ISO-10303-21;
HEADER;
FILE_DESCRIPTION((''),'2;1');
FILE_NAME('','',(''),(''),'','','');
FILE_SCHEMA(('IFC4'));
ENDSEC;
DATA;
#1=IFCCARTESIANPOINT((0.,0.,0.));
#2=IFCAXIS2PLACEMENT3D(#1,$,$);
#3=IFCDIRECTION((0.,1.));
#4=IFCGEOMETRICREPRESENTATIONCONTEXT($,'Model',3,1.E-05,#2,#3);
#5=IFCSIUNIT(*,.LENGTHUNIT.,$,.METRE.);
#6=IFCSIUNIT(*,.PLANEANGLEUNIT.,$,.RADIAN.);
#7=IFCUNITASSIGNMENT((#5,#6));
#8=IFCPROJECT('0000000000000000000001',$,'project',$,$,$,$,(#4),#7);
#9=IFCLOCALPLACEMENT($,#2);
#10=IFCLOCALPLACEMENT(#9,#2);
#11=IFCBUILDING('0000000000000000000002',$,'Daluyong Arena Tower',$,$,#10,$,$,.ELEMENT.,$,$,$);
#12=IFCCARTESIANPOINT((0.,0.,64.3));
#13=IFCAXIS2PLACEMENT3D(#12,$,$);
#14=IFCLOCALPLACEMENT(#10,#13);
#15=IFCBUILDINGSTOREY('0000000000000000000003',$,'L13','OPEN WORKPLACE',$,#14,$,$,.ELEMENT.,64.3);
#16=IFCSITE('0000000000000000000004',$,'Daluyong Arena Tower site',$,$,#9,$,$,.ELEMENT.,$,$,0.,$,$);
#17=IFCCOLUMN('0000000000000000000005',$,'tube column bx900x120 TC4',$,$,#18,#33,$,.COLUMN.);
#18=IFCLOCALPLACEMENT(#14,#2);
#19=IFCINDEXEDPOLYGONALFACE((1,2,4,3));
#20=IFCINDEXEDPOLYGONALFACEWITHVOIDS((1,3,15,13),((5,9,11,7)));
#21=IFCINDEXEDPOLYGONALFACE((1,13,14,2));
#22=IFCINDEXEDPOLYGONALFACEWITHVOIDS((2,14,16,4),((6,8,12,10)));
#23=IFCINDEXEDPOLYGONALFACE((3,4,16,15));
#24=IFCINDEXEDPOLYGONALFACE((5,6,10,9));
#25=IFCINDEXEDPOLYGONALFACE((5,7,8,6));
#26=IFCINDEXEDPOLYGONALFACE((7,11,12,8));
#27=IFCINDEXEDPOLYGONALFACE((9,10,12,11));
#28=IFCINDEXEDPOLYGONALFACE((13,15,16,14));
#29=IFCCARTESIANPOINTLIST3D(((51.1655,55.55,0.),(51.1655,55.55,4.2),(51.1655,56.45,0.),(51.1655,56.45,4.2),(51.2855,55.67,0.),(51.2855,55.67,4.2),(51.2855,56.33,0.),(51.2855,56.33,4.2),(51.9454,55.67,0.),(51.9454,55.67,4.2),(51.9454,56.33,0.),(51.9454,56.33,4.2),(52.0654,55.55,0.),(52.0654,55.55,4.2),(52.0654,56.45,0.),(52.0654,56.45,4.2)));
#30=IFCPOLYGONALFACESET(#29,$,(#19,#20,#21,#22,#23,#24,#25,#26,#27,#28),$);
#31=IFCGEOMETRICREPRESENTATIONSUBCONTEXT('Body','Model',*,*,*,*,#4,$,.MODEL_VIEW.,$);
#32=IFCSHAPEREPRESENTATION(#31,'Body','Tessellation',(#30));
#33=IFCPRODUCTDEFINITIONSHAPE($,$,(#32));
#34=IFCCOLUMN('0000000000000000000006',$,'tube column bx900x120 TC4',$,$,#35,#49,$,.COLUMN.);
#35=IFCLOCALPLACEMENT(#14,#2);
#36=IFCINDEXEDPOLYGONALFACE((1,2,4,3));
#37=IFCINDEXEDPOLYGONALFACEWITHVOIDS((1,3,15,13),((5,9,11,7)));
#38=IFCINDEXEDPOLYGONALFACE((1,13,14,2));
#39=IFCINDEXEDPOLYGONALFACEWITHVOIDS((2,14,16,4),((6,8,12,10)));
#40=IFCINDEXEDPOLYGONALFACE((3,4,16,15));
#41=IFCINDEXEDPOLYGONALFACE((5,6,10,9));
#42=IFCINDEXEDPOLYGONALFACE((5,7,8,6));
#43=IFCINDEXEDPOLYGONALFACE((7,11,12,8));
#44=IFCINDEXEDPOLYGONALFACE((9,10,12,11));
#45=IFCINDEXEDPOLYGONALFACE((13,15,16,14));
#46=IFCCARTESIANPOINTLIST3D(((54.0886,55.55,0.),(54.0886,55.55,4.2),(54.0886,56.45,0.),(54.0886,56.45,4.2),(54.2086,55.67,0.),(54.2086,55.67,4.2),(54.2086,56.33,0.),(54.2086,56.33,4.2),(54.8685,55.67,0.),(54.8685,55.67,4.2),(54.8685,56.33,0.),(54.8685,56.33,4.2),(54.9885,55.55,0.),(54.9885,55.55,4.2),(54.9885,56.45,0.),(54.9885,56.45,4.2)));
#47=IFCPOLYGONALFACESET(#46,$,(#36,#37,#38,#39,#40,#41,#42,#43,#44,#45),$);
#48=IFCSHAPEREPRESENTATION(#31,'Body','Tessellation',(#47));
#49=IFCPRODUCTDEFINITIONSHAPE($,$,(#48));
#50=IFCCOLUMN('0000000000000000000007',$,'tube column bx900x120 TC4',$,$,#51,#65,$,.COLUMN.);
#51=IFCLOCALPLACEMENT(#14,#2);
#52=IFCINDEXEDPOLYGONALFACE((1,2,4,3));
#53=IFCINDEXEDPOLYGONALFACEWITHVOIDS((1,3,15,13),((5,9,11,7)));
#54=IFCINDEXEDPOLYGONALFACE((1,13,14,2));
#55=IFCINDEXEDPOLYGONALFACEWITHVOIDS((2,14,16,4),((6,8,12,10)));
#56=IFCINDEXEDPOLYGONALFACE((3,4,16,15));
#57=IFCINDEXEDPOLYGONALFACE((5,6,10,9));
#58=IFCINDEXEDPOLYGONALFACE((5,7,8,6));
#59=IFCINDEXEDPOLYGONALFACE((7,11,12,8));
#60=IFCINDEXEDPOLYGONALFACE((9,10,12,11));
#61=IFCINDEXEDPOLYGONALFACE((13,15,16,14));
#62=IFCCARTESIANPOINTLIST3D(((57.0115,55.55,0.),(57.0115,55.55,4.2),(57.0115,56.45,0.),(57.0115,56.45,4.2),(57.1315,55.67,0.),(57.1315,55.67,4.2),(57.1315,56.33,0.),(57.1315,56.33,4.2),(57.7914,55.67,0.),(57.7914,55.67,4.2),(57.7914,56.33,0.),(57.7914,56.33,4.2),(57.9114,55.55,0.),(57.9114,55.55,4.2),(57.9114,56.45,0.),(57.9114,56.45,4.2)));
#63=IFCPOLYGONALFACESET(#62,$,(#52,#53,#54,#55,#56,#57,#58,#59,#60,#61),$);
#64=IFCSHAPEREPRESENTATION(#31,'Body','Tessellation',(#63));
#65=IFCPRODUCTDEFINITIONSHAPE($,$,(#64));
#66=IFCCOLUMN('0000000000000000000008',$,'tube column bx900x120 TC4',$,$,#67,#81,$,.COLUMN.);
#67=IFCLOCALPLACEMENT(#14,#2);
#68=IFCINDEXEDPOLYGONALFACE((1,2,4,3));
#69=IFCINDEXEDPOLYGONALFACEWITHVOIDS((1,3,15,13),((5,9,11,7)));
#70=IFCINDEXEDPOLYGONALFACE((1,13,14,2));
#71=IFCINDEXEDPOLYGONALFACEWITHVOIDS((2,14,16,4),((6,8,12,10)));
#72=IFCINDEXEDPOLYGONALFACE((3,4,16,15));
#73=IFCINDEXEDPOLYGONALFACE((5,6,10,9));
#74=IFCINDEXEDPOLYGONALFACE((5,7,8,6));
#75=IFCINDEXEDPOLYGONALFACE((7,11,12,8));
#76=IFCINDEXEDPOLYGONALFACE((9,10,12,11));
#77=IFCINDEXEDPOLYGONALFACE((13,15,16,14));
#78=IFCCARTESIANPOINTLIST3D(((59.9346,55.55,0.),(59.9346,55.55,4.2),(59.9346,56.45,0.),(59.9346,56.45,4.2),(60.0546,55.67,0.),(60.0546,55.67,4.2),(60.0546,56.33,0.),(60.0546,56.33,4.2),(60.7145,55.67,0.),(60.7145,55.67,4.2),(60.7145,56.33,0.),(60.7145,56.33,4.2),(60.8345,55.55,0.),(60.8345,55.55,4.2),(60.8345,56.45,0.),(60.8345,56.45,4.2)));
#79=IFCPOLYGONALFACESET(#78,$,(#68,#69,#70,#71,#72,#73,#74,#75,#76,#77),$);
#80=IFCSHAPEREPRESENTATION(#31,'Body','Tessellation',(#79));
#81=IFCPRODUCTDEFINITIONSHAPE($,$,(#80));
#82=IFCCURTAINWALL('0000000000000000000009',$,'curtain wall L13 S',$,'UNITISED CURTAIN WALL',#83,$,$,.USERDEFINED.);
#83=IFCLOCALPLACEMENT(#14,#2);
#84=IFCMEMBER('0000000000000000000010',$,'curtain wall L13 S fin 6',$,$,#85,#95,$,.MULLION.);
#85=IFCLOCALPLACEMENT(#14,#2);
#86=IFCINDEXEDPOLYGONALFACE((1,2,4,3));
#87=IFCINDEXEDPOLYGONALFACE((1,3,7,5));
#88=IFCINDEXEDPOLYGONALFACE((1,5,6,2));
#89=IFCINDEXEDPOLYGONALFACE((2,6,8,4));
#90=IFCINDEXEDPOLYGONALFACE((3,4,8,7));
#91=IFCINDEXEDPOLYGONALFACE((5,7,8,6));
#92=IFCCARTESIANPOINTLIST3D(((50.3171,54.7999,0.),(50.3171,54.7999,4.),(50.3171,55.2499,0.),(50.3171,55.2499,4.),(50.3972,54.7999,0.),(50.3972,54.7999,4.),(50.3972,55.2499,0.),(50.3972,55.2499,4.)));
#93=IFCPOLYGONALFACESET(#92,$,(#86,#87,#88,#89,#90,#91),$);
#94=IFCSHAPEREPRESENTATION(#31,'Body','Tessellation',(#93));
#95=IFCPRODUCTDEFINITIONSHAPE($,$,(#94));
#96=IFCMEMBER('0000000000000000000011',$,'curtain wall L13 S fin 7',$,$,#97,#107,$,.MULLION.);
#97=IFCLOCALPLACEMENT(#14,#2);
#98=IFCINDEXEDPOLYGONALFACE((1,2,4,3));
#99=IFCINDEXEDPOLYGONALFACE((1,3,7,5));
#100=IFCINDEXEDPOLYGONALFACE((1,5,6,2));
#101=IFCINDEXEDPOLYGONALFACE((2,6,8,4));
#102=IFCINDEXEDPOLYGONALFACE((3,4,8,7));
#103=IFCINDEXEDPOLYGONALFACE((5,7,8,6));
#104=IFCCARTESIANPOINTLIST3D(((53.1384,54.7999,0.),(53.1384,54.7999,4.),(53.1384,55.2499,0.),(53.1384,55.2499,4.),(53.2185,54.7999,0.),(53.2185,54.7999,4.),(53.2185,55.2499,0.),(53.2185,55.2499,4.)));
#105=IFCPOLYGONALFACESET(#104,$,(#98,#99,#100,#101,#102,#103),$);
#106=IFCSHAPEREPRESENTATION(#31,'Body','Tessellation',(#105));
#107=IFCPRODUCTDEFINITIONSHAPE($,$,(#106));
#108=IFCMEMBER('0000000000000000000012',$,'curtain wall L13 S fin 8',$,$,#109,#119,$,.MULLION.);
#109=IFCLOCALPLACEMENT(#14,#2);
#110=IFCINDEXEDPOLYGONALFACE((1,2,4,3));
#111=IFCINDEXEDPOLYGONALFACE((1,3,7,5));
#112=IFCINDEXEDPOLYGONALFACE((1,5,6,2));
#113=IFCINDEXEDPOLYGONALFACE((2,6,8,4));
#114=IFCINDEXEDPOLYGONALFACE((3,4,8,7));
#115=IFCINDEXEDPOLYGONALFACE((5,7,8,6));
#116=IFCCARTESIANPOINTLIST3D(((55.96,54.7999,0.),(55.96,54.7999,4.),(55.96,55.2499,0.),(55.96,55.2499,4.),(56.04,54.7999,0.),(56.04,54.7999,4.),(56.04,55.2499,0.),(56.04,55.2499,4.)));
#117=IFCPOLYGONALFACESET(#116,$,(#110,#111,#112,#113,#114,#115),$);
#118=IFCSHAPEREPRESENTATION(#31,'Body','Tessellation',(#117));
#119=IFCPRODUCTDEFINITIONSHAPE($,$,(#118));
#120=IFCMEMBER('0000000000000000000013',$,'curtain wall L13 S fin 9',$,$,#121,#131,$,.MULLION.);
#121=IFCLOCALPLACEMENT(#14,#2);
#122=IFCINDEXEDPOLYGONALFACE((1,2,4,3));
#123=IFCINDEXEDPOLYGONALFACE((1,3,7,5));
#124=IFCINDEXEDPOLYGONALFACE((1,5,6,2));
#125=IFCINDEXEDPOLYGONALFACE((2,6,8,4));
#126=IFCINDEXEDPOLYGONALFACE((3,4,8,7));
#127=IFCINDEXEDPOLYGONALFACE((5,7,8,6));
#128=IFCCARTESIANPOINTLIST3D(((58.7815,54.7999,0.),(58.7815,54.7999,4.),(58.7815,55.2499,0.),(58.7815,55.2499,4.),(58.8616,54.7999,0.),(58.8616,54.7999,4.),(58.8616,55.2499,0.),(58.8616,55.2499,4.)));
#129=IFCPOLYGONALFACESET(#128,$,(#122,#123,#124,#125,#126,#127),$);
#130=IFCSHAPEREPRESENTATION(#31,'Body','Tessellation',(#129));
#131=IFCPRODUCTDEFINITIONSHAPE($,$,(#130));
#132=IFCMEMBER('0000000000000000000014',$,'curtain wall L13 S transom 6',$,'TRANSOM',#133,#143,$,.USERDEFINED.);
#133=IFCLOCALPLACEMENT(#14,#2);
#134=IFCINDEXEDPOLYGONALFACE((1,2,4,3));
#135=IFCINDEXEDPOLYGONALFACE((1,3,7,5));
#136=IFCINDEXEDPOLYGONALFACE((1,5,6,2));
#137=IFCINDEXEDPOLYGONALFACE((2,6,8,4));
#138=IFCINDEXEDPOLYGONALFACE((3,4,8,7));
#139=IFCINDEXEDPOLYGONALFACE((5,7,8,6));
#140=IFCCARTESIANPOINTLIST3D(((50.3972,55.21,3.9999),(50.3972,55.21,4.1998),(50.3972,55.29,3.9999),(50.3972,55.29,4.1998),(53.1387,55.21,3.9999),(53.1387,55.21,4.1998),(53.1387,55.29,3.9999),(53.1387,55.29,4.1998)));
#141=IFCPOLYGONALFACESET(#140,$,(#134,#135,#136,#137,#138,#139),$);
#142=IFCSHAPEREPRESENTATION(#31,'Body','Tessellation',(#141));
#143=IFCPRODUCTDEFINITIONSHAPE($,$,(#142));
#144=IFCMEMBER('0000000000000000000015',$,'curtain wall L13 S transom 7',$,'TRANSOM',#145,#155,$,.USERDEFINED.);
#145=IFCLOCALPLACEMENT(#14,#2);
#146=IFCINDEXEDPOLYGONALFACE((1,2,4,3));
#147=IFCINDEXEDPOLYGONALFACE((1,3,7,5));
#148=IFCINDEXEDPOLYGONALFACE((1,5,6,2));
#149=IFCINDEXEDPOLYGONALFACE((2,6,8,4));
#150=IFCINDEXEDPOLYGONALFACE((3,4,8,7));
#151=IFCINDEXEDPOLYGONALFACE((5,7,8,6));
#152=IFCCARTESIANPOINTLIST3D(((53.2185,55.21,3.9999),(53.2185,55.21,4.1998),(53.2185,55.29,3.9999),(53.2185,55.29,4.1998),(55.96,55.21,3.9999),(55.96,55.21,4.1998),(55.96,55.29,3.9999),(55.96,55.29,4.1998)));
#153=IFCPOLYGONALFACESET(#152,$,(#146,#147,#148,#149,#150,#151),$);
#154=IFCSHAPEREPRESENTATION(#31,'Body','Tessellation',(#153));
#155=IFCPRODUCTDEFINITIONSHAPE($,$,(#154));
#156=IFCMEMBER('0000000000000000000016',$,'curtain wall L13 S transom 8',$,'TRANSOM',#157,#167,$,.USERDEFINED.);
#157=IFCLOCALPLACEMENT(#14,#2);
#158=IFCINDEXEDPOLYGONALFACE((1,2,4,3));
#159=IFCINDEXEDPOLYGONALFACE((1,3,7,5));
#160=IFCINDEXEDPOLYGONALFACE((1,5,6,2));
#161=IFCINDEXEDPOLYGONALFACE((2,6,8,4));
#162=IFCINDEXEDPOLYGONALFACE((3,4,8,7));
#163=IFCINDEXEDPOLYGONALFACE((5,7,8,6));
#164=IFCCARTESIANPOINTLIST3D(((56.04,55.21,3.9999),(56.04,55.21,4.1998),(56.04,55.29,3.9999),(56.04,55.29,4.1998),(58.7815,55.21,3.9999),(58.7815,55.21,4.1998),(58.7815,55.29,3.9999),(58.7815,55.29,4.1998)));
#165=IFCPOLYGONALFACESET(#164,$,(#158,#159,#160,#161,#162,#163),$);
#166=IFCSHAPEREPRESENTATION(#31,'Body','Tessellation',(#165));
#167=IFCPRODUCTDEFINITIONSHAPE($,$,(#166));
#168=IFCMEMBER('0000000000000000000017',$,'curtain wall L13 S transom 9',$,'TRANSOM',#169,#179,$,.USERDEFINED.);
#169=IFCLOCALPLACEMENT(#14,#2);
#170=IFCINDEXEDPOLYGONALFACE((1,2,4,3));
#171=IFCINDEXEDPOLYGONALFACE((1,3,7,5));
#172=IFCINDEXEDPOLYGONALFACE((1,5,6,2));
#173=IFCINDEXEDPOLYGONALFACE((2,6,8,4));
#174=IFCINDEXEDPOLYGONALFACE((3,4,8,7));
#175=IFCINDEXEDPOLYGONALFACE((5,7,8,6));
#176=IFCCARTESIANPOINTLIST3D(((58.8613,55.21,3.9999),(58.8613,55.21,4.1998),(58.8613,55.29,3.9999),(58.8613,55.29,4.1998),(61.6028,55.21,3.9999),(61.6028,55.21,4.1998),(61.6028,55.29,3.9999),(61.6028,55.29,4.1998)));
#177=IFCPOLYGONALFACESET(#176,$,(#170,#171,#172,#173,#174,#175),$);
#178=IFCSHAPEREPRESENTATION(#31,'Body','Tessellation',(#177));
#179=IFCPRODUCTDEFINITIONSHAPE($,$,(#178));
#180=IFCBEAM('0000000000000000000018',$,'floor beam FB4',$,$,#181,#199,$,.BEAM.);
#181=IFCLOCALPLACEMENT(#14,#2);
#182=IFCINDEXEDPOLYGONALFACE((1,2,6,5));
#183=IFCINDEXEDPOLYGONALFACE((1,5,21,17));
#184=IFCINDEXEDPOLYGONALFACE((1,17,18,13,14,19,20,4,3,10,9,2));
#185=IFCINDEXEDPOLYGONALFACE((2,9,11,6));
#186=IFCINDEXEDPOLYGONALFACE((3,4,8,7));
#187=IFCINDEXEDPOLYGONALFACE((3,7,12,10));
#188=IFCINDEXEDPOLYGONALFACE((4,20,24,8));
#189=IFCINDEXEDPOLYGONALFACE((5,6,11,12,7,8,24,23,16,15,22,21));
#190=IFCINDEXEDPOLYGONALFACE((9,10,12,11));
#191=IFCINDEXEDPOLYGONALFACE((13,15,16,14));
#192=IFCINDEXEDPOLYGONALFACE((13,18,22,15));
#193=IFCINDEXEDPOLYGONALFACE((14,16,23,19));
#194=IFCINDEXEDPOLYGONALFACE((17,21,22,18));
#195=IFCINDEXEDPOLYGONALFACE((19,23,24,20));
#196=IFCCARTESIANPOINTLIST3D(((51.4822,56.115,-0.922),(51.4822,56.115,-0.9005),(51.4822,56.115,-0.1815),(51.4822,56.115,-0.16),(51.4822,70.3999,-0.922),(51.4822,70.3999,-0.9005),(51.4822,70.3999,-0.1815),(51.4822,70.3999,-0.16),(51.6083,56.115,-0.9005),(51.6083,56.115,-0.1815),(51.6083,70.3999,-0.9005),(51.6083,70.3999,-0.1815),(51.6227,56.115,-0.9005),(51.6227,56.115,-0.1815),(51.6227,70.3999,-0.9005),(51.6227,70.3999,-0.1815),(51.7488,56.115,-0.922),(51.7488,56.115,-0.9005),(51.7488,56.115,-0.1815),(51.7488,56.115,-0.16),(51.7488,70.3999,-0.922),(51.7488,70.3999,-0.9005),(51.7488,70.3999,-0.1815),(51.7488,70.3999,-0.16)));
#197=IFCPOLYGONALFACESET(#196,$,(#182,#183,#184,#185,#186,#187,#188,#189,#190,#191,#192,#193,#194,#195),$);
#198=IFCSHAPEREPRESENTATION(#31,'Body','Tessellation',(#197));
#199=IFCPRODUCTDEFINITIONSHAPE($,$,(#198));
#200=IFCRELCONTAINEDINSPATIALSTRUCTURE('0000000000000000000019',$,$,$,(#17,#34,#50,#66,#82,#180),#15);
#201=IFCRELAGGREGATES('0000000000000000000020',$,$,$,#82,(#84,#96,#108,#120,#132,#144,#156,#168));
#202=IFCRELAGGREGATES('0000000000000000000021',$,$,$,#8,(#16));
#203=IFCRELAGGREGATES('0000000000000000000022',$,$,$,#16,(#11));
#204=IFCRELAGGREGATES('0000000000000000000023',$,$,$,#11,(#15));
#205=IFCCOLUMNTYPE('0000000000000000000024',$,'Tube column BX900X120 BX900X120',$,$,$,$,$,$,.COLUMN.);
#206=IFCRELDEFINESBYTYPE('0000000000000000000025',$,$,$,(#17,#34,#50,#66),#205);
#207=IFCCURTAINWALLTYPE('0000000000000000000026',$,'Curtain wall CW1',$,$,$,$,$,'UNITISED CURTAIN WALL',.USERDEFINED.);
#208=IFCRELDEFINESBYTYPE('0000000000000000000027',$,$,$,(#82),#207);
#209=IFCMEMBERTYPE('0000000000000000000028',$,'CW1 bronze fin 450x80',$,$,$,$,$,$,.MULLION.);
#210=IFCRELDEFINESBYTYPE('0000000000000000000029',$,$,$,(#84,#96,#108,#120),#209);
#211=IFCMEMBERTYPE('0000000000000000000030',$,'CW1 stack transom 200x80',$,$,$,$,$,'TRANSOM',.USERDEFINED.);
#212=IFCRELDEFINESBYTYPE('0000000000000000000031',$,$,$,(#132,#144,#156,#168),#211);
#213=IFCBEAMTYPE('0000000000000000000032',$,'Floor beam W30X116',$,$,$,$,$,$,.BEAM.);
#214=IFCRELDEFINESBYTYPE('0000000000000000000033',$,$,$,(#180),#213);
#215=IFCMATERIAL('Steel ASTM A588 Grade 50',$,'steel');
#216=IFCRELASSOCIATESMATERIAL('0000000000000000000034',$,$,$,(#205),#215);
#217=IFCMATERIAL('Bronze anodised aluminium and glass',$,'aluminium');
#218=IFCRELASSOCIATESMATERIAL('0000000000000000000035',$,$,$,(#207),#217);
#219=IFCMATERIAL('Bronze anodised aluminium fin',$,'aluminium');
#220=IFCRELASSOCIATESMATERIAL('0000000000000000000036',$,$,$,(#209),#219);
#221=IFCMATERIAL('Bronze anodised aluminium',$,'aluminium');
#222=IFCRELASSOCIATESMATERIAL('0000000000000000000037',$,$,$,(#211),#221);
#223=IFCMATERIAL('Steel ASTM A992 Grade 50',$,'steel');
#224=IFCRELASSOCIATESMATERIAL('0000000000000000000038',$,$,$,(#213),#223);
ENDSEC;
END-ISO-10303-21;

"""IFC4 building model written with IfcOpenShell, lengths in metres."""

from ifc_helpers import new_model, si_unit, direction, frame, origin, origin_2d, place, context, subcontext, project, spatial, rectangle, hollow_rectangle, i_section, extrude, material, material_profile, profile_set, type_object, element, aggregate, save


model = new_model("IFC4")

# Units and contexts
model_context = context("Model", 3, precision=1e-05, world=origin(), true_north=direction((0.0, 1.0)))
body_context = subcontext(model_context, "Body", "Model", "MODEL_VIEW")
ifc_project = project(units=[si_unit("LENGTHUNIT", "METRE"), si_unit("PLANEANGLEUNIT", "RADIAN")], contexts=[model_context])

# Site, building, storey
site_placement = place(None, origin())
site = spatial("IfcSite", under=ifc_project, at=site_placement, Name="Daluyong Arena Tower site", CompositionType="ELEMENT", RefElevation=0.0)
building_placement = place(site_placement, origin())
building = spatial("IfcBuilding", under=site, at=building_placement, Name="Daluyong Arena Tower", CompositionType="ELEMENT")
storey_placement = place(building_placement, frame((0.0, 0.0, 64.3)))
storey = spatial("IfcBuildingStorey", under=building, at=storey_placement, Name="L13", Description="OPEN WORKPLACE", CompositionType="ELEMENT", Elevation=64.3)

# Columns
ifc_material_1 = material(Name="Steel ASTM A588 Grade 50", Category="steel")
ifc_material_profile_1 = material_profile(ifc_material_1, hollow_rectangle(XDim=0.8999, YDim=0.8999, WallThickness=0.12, at=origin_2d()))
ifc_profile_set_1 = profile_set([ifc_material_profile_1], Name="Steel ASTM A588 Grade 50")
column_type = type_object("IfcColumnType", Name="Tube column BX900X120 BX900X120", PredefinedType="COLUMN", material=ifc_profile_set_1)
for number, where, z_axis, x_axis, name in (
    (1, (51.6155, 56.0, 0.0), (0.0, 0.0, 1.0), (1.0, 0.0, 0.0), "tube column bx900x120 TC4"),
    (2, (54.5386, 56.0, 0.0), (0.0, 0.0, 1.0), (1.0, 0.0, 0.0), "tube column bx900x120 TC4"),
    (3, (57.4614, 56.0, 0.0), (0.0, 0.0, 1.0), (1.0, 0.0, 0.0), "tube column bx900x120 TC4"),
    (4, (60.3845, 56.0, 0.0), (0.0, 0.0, 1.0), (1.0, 0.0, 0.0), "tube column bx900x120 TC4"),
):
    element("IfcColumn", number, at=place(storey_placement, frame(where, z_axis=z_axis, x_axis=x_axis)), inside=storey, type_object=column_type, Name=name, PredefinedType="COLUMN", context=body_context, shape_type="SweptSolid", body=[
        extrude(hollow_rectangle(XDim=0.8999, YDim=0.8999, WallThickness=0.12, at=origin_2d()), origin(), (0.0, 0.0, 1.0), 4.2),
    ])

# Curtain wall, members
ifc_material_2 = material(Name="Bronze anodised aluminium and glass", Category="aluminium")
curtain_wall_type = type_object("IfcCurtainWallType", Name="Curtain wall CW1", ElementType="UNITISED CURTAIN WALL", PredefinedType="USERDEFINED", material=ifc_material_2)
curtain_wall_placement = place(storey_placement, origin())
curtain_wall = element("IfcCurtainWall", 5, at=curtain_wall_placement, inside=storey, type_object=curtain_wall_type, Name="curtain wall L13 S", ObjectType="UNITISED CURTAIN WALL", PredefinedType="USERDEFINED")
ifc_material_3 = material(Name="Bronze anodised aluminium fin", Category="aluminium")
ifc_material_profile_2 = material_profile(ifc_material_3, rectangle(XDim=0.45, YDim=0.0801, at=origin_2d()))
ifc_profile_set_2 = profile_set([ifc_material_profile_2], Name="Bronze anodised aluminium fin")
member_type_1 = type_object("IfcMemberType", Name="CW1 bronze fin 450x80", PredefinedType="MULLION", material=ifc_profile_set_2)
member_1_placement = place(storey_placement, frame((50.3572, 55.0249, 0.0), z_axis=(0.0, 0.0, 1.0), x_axis=(0.0, 1.0, 0.0)))
member_1 = element("IfcMember", 6, at=member_1_placement, type_object=member_type_1, Name="curtain wall L13 S fin 6", PredefinedType="MULLION", context=body_context, shape_type="SweptSolid", body=[
    extrude(rectangle(XDim=0.45, YDim=0.0801, at=origin_2d()), origin(), (0.0, 0.0, 1.0), 4.0),
])
member_2_placement = place(storey_placement, frame((53.1785, 55.0249, 0.0), z_axis=(0.0, 0.0, 1.0), x_axis=(0.0, 1.0, 0.0)))
member_2 = element("IfcMember", 7, at=member_2_placement, type_object=member_type_1, Name="curtain wall L13 S fin 7", PredefinedType="MULLION", context=body_context, shape_type="SweptSolid", body=[
    extrude(rectangle(XDim=0.45, YDim=0.0801, at=origin_2d()), origin(), (0.0, 0.0, 1.0), 4.0),
])
member_3_placement = place(storey_placement, frame((56.0, 55.0249, 0.0), z_axis=(0.0, 0.0, 1.0), x_axis=(0.0, 1.0, 0.0)))
member_3 = element("IfcMember", 8, at=member_3_placement, type_object=member_type_1, Name="curtain wall L13 S fin 8", PredefinedType="MULLION", context=body_context, shape_type="SweptSolid", body=[
    extrude(rectangle(XDim=0.45, YDim=0.0801, at=origin_2d()), origin(), (0.0, 0.0, 1.0), 4.0),
])
member_4_placement = place(storey_placement, frame((58.8215, 55.0249, 0.0), z_axis=(0.0, 0.0, 1.0), x_axis=(0.0, 1.0, 0.0)))
member_4 = element("IfcMember", 9, at=member_4_placement, type_object=member_type_1, Name="curtain wall L13 S fin 9", PredefinedType="MULLION", context=body_context, shape_type="SweptSolid", body=[
    extrude(rectangle(XDim=0.45, YDim=0.0801, at=origin_2d()), origin(), (0.0, 0.0, 1.0), 4.0),
])
ifc_material_4 = material(Name="Bronze anodised aluminium", Category="aluminium")
ifc_material_profile_3 = material_profile(ifc_material_4, rectangle(XDim=0.0801, YDim=0.2, at=origin_2d()))
ifc_profile_set_3 = profile_set([ifc_material_profile_3], Name="Bronze anodised aluminium")
member_type_2 = type_object("IfcMemberType", Name="CW1 stack transom 200x80", ElementType="TRANSOM", PredefinedType="USERDEFINED", material=ifc_profile_set_3)
member_5_placement = place(storey_placement, frame((50.3972, 55.25, 4.0999), z_axis=(1.0, 0.0, 0.0), x_axis=(0.0, 1.0, 0.0)))
member_5 = element("IfcMember", 10, at=member_5_placement, type_object=member_type_2, Name="curtain wall L13 S transom 6", ObjectType="TRANSOM", PredefinedType="USERDEFINED", context=body_context, shape_type="SweptSolid", body=[
    extrude(rectangle(XDim=0.0801, YDim=0.2, at=origin_2d()), origin(), (0.0, 0.0, 1.0), 2.7415),
])
member_6_placement = place(storey_placement, frame((53.2185, 55.25, 4.0999), z_axis=(1.0, 0.0, 0.0), x_axis=(0.0, 1.0, 0.0)))
member_6 = element("IfcMember", 11, at=member_6_placement, type_object=member_type_2, Name="curtain wall L13 S transom 7", ObjectType="TRANSOM", PredefinedType="USERDEFINED", context=body_context, shape_type="SweptSolid", body=[
    extrude(rectangle(XDim=0.0801, YDim=0.2, at=origin_2d()), origin(), (0.0, 0.0, 1.0), 2.7415),
])
member_7_placement = place(storey_placement, frame((56.04, 55.25, 4.0999), z_axis=(1.0, 0.0, 0.0), x_axis=(0.0, 1.0, 0.0)))
member_7 = element("IfcMember", 12, at=member_7_placement, type_object=member_type_2, Name="curtain wall L13 S transom 8", ObjectType="TRANSOM", PredefinedType="USERDEFINED", context=body_context, shape_type="SweptSolid", body=[
    extrude(rectangle(XDim=0.0801, YDim=0.2, at=origin_2d()), origin(), (0.0, 0.0, 1.0), 2.7415),
])
member_8_placement = place(storey_placement, frame((58.8613, 55.25, 4.0999), z_axis=(1.0, 0.0, 0.0), x_axis=(0.0, 1.0, 0.0)))
member_8 = element("IfcMember", 13, at=member_8_placement, type_object=member_type_2, Name="curtain wall L13 S transom 9", ObjectType="TRANSOM", PredefinedType="USERDEFINED", context=body_context, shape_type="SweptSolid", body=[
    extrude(rectangle(XDim=0.0801, YDim=0.2, at=origin_2d()), origin(), (0.0, 0.0, 1.0), 2.7415),
])

# Beam
ifc_material_5 = material(Name="Steel ASTM A992 Grade 50", Category="steel")
ifc_material_profile_4 = material_profile(ifc_material_5, i_section(OverallWidth=0.2666, OverallDepth=0.762, WebThickness=0.0144, FlangeThickness=0.0215, at=origin_2d()))
ifc_profile_set_4 = profile_set([ifc_material_profile_4], Name="Steel ASTM A992 Grade 50")
beam_type_1 = type_object("IfcBeamType", Name="Floor beam W30X116", PredefinedType="BEAM", material=ifc_profile_set_4)
for number, where, z_axis, x_axis, name in (
    (14, (51.6155, 56.115, -0.541), (0.0, 1.0, 0.0), (-1.0, 0.0, 0.0), "floor beam FB4"),
):
    element("IfcBeam", number, at=place(storey_placement, frame(where, z_axis=z_axis, x_axis=x_axis)), inside=storey, type_object=beam_type_1, Name=name, PredefinedType="BEAM", context=body_context, shape_type="SweptSolid", body=[
        extrude(i_section(OverallWidth=0.2666, OverallDepth=0.762, WebThickness=0.0144, FlangeThickness=0.0215, at=origin_2d()), origin(), (0.0, 0.0, 1.0), 14.2849),
    ])

aggregate(curtain_wall, [member_1, member_2, member_3, member_4, member_5, member_6, member_7, member_8])

save(model, "model.ifc")
